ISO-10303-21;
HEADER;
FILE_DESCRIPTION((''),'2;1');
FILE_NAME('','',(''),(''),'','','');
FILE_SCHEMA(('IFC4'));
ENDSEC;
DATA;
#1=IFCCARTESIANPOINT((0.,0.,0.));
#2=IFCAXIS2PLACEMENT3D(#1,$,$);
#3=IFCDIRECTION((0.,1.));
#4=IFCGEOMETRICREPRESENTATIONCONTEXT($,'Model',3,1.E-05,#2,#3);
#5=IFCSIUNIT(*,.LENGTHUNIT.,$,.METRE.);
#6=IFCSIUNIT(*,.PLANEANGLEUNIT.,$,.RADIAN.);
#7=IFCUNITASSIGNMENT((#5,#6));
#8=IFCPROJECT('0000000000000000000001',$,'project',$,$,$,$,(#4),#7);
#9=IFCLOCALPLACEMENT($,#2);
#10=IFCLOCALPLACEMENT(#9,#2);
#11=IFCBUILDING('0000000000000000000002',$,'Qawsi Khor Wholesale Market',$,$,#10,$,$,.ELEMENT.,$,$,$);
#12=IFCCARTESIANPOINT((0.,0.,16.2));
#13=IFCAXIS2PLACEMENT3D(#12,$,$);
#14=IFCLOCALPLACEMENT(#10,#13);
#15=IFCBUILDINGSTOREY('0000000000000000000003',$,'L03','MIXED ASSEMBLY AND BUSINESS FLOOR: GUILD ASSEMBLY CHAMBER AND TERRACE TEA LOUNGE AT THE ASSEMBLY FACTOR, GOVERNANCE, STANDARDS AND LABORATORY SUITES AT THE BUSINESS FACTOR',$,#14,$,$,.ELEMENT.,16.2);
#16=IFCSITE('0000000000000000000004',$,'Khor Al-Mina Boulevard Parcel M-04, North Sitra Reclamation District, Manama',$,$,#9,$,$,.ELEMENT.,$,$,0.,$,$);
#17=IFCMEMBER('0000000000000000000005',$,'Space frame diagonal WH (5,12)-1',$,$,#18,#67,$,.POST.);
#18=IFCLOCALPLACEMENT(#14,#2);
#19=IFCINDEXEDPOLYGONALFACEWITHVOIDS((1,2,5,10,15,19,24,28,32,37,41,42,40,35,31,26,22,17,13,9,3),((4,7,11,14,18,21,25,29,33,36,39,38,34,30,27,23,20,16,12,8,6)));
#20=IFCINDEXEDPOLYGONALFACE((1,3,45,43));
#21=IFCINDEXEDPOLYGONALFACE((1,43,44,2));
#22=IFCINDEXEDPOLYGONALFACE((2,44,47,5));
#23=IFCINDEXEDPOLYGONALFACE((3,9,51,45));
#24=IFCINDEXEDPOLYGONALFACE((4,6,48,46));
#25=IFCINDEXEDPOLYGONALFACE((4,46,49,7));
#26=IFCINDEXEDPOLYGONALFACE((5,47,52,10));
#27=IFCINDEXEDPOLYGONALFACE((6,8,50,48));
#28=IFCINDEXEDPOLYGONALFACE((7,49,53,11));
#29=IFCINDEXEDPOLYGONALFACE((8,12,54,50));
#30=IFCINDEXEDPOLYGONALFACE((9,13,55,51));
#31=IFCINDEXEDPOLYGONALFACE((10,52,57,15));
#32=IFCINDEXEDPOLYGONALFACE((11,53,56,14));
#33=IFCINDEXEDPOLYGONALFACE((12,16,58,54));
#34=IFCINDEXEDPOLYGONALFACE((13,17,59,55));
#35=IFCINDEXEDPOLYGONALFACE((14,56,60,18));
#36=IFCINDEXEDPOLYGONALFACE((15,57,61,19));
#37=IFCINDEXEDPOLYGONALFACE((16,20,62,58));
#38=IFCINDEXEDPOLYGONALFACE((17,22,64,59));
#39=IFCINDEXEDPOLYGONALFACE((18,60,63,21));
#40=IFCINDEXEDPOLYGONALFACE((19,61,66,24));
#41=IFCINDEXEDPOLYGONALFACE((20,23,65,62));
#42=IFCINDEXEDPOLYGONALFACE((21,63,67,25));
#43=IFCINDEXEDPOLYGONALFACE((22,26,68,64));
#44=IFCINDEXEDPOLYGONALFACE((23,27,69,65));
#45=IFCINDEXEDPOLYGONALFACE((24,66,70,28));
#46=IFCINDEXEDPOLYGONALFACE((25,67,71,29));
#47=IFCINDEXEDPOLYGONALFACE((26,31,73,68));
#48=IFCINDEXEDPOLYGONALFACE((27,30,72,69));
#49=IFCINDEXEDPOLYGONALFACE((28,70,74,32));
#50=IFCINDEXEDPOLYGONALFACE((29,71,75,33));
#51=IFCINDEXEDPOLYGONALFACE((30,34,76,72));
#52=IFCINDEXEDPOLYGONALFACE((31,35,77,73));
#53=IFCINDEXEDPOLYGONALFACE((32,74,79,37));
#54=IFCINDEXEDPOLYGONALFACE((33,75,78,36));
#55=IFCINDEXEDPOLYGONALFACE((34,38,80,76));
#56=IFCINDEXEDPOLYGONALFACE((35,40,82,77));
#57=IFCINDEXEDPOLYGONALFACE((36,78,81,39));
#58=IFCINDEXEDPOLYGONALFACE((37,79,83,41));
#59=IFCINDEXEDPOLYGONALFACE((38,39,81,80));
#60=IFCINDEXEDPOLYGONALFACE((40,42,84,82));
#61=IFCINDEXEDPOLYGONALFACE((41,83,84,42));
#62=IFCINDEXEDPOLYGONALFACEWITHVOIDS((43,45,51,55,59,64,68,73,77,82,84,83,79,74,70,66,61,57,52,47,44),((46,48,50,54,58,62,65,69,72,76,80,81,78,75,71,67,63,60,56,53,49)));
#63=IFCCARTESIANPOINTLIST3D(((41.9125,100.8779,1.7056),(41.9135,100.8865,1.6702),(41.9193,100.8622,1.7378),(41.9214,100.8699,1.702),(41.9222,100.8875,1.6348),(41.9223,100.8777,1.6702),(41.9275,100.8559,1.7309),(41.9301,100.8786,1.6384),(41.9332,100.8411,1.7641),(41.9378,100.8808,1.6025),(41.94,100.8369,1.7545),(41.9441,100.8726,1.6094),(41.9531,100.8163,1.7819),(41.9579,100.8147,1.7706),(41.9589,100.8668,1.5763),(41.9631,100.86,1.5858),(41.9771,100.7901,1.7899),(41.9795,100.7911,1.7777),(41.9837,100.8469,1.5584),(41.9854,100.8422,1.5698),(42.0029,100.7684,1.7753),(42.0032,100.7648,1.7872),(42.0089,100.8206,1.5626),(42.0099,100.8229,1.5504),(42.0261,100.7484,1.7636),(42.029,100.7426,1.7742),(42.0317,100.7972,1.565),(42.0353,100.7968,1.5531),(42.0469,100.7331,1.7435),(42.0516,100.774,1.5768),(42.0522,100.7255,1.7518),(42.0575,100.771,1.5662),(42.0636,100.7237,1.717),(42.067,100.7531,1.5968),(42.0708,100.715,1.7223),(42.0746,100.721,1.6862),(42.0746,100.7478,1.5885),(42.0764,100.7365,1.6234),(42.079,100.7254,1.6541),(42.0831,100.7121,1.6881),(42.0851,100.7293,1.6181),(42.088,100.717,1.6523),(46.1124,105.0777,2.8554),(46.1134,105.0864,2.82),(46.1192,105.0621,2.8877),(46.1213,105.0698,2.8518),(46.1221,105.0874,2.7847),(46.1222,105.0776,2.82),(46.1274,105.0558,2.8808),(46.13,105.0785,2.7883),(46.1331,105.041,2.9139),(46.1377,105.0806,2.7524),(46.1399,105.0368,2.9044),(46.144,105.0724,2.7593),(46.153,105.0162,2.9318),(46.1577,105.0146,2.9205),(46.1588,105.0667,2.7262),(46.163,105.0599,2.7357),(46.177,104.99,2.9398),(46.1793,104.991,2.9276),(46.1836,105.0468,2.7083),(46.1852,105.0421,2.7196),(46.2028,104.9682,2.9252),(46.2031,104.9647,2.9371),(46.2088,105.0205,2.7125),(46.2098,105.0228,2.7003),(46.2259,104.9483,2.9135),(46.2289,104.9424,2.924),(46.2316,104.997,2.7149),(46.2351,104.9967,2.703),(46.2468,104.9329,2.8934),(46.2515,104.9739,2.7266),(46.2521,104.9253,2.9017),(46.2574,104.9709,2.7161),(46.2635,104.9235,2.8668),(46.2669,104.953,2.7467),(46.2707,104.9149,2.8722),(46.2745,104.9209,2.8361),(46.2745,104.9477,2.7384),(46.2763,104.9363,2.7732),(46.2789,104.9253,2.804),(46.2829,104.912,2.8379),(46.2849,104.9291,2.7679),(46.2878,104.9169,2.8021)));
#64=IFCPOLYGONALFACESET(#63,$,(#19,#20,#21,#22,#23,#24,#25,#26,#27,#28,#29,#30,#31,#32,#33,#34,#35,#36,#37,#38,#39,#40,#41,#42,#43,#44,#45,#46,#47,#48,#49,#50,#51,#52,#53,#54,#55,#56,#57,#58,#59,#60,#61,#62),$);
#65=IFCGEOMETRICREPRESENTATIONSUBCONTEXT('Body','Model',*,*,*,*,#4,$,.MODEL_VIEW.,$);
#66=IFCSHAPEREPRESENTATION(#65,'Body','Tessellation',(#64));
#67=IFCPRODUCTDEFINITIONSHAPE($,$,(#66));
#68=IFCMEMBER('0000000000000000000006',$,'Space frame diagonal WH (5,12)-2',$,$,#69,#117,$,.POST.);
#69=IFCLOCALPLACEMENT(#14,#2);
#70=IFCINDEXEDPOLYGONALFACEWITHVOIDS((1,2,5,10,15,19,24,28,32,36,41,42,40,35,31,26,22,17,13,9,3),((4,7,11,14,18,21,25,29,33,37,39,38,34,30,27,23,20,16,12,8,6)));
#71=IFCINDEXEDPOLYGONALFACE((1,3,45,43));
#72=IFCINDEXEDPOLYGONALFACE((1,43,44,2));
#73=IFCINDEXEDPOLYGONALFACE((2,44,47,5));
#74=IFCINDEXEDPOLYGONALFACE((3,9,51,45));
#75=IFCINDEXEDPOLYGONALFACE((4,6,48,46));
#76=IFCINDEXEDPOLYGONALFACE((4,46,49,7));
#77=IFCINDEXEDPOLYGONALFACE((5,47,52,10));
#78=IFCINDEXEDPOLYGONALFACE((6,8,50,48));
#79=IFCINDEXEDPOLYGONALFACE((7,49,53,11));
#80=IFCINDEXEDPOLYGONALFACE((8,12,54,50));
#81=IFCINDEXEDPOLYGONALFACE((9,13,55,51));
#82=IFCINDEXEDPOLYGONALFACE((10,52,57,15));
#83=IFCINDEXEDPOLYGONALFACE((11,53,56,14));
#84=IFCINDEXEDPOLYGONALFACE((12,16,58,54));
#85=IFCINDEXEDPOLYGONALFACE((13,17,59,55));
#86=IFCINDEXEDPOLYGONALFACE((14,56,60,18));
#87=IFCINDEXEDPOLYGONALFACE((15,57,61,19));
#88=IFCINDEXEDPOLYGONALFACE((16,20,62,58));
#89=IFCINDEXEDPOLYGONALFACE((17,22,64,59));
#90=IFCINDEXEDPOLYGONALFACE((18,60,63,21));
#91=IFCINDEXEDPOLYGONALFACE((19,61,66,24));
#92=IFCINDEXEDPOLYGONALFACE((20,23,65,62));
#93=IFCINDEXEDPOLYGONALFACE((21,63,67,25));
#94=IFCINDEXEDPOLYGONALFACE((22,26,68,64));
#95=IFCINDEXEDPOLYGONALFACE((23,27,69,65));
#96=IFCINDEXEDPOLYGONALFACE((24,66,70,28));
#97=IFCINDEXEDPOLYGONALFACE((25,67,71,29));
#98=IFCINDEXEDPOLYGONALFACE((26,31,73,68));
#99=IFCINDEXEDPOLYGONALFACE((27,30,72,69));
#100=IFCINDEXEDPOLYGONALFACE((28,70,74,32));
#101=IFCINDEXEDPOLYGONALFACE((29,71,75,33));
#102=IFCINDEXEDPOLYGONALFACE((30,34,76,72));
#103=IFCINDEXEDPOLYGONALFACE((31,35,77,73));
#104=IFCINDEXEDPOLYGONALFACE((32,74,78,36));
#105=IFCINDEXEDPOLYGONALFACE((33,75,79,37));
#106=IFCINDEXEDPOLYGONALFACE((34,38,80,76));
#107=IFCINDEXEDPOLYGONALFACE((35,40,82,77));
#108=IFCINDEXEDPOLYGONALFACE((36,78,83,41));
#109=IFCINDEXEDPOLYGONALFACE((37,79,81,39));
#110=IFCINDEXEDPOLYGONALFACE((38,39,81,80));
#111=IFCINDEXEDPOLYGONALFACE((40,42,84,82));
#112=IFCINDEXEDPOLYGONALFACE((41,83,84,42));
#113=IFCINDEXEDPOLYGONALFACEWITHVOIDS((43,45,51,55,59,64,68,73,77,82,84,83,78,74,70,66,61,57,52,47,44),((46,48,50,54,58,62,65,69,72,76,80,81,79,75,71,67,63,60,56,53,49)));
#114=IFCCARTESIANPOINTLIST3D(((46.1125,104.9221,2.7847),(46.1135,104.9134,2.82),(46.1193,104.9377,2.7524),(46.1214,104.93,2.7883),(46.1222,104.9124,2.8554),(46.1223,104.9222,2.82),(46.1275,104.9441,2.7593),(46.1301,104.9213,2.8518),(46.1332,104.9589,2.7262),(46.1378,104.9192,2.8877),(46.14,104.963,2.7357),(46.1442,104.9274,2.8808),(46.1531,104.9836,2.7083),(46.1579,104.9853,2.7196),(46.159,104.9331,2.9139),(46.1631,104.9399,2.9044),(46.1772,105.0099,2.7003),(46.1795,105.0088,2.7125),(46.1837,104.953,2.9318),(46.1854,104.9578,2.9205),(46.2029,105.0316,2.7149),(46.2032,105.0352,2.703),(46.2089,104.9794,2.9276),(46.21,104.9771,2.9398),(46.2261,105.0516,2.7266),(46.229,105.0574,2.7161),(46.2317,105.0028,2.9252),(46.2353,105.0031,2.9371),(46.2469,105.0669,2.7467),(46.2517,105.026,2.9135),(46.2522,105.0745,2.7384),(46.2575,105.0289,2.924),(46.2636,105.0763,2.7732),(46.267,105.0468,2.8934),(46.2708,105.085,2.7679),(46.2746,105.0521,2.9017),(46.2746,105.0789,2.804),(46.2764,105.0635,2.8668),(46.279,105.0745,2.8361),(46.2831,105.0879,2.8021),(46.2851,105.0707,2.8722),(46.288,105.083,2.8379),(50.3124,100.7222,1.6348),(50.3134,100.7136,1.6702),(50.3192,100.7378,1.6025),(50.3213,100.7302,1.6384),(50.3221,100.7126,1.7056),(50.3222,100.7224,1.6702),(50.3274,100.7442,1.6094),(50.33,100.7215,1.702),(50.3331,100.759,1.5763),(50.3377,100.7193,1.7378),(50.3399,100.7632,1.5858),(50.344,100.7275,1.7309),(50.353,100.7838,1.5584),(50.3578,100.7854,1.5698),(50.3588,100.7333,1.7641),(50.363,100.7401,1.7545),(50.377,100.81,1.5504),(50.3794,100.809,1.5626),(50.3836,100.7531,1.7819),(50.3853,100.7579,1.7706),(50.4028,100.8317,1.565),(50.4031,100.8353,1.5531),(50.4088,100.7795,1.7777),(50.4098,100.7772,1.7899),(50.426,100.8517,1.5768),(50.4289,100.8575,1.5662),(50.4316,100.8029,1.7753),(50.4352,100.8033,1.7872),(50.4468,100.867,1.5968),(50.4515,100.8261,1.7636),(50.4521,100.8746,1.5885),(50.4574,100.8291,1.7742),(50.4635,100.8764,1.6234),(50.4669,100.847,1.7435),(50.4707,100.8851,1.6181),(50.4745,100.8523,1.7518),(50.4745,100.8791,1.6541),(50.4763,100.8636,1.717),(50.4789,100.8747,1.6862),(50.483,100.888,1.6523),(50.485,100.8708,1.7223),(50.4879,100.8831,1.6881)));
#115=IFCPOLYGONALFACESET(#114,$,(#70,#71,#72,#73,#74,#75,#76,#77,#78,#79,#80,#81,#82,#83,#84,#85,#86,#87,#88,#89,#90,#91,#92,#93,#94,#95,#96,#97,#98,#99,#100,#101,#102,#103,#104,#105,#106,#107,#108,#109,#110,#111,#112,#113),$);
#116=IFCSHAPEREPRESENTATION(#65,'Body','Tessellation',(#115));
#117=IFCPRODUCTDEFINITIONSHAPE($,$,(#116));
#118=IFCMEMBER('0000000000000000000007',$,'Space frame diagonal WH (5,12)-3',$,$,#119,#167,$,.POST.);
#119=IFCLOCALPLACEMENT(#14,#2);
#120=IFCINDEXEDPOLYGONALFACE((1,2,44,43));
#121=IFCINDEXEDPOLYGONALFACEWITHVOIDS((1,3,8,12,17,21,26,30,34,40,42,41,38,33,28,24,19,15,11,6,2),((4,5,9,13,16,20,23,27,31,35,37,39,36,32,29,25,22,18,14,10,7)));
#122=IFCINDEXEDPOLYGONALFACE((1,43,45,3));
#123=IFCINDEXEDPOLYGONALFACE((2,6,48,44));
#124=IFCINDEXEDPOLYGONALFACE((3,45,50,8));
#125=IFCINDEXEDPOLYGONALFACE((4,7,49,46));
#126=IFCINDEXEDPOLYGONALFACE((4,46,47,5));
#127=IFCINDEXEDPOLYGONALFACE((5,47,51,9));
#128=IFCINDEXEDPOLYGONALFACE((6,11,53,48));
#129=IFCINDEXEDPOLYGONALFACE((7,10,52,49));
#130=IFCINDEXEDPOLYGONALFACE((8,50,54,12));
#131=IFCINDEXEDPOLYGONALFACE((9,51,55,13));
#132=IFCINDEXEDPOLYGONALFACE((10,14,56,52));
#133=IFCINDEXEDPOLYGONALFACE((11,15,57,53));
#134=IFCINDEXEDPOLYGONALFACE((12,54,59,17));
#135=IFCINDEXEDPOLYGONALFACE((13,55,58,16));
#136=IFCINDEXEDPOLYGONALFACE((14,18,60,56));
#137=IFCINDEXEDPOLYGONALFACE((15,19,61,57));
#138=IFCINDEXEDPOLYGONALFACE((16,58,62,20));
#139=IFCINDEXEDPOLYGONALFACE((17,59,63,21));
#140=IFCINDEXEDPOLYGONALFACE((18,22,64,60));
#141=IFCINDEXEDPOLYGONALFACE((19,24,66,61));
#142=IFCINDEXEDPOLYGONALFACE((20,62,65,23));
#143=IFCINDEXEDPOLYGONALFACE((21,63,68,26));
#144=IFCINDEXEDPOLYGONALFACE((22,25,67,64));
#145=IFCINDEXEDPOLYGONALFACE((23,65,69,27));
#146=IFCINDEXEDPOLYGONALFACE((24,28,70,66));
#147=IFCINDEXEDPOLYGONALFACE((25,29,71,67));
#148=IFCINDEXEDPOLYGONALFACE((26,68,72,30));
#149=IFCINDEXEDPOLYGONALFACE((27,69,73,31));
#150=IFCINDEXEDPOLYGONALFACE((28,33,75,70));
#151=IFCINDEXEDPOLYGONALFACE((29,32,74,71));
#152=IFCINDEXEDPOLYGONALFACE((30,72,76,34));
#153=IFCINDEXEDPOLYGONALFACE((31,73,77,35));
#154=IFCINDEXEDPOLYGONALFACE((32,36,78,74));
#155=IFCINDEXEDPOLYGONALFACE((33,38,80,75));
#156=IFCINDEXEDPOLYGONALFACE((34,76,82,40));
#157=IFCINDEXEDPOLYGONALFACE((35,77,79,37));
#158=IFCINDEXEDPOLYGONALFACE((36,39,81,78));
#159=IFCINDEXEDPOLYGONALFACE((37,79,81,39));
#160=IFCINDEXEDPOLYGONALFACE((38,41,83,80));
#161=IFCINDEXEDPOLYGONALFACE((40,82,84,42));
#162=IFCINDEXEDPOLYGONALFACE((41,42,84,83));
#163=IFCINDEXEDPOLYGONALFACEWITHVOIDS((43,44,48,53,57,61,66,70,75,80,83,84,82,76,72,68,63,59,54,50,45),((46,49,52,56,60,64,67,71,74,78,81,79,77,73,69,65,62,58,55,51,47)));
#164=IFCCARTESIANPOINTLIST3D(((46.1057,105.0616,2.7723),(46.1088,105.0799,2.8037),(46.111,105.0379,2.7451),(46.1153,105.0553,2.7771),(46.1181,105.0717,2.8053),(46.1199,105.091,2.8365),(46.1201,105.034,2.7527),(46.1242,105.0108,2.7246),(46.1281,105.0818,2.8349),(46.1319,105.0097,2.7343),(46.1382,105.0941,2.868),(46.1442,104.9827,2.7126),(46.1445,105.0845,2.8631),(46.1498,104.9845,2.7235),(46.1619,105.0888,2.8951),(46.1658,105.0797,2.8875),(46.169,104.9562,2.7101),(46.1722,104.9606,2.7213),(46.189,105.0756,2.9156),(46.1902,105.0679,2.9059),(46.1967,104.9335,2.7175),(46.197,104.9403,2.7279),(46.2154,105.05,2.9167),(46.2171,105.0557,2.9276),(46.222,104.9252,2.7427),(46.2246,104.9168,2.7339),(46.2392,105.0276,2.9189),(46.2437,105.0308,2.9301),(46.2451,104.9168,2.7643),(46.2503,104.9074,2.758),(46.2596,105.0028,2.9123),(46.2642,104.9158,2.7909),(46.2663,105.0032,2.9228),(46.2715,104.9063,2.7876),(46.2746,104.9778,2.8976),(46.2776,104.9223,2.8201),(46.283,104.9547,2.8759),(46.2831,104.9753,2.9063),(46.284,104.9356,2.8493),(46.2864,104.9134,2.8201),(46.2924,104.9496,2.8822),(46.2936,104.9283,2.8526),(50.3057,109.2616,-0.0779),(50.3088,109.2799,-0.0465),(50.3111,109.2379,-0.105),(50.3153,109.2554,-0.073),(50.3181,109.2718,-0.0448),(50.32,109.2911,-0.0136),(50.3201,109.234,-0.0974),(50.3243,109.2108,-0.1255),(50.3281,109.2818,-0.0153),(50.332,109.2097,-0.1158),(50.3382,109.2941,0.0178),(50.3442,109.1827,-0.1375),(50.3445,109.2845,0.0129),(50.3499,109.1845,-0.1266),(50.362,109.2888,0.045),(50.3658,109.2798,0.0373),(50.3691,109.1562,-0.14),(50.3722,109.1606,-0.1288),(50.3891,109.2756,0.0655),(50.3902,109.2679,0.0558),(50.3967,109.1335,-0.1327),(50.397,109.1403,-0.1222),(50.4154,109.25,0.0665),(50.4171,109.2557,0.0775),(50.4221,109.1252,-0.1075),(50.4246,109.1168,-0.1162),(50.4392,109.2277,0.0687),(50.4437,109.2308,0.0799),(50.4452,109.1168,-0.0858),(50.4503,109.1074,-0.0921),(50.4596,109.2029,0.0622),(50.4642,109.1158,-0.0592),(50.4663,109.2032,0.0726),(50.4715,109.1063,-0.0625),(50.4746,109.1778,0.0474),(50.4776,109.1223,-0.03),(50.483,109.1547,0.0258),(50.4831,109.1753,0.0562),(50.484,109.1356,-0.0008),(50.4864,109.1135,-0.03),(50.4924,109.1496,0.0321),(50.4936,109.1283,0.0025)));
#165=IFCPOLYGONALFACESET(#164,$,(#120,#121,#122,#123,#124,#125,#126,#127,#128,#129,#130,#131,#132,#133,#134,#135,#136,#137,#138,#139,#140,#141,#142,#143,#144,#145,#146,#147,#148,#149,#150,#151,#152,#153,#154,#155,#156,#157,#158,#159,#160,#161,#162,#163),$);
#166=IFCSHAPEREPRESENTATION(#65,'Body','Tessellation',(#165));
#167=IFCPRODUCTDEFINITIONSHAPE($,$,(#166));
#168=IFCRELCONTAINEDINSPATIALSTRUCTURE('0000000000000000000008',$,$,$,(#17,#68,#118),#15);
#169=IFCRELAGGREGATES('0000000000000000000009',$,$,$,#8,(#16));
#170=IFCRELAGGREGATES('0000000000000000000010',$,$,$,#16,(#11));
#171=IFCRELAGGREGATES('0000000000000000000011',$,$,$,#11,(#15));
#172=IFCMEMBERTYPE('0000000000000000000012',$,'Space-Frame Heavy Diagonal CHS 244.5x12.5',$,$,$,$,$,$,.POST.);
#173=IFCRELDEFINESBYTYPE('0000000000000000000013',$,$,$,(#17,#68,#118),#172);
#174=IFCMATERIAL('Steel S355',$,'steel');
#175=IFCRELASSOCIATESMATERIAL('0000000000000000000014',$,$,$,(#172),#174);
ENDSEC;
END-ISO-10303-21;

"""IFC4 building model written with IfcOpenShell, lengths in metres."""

from ifc_helpers import new_model, si_unit, direction, frame, origin, origin_2d, place, context, subcontext, project, spatial, hollow_circle, extrude, material, material_profile, profile_set, type_object, element, save


model = new_model("IFC4")

# Units and contexts
model_context = context("Model", 3, precision=1e-05, world=origin(), true_north=direction((0.0, 1.0)))
body_context = subcontext(model_context, "Body", "Model", "MODEL_VIEW")
ifc_project = project(units=[si_unit("LENGTHUNIT", "METRE"), si_unit("PLANEANGLEUNIT", "RADIAN")], contexts=[model_context])

# Site, building, storey
site_placement = place(None, origin())
site = spatial("IfcSite", under=ifc_project, at=site_placement, Name="Khor Al-Mina Boulevard Parcel M-04, North Sitra Reclamation District, Manama", CompositionType="ELEMENT", RefElevation=0.0)
building_placement = place(site_placement, origin())
building = spatial("IfcBuilding", under=site, at=building_placement, Name="Qawsi Khor Wholesale Market", CompositionType="ELEMENT")
storey_placement = place(building_placement, frame((0.0, 0.0, 16.2)))
storey = spatial("IfcBuildingStorey", under=building, at=storey_placement, Name="L03", Description="MIXED ASSEMBLY AND BUSINESS FLOOR: GUILD ASSEMBLY CHAMBER AND TERRACE TEA LOUNGE AT THE ASSEMBLY FACTOR, GOVERNANCE, STANDARDS AND LABORATORY SUITES AT THE BUSINESS FACTOR", CompositionType="ELEMENT", Elevation=16.2)

# Members
ifc_material_1 = material(Name="Steel S355", Category="steel")
ifc_material_profile_1 = material_profile(ifc_material_1, hollow_circle(Radius=0.1223, WallThickness=0.0125, at=origin_2d()), Name="CHS 244.5x12.5")
ifc_profile_set_1 = profile_set([ifc_material_profile_1], Name="Steel S355")
member_type_1 = type_object("IfcMemberType", Name="Space-Frame Heavy Diagonal CHS 244.5x12.5", PredefinedType="POST", material=ifc_profile_set_1)
for number, where, z_axis, x_axis, name in (
    (1, (42.0, 100.8, 1.6702), (0.694217, 0.694217, 0.190069), (-0.707107, 0.707107, 0.0), "Space frame diagonal WH (5,12)-1"),
    (2, (50.3999, 100.8, 1.6702), (-0.694217, 0.694217, 0.190069), (-0.707107, -0.707107, 0.0), "Space frame diagonal WH (5,12)-2"),
):
    element("IfcMember", number, at=place(storey_placement, frame(where, z_axis=z_axis, x_axis=x_axis)), inside=storey, type_object=member_type_1, Name=name, PredefinedType="POST", context=body_context, shape_type="SweptSolid", body=[
        extrude(hollow_circle(Radius=0.1223, WallThickness=0.0125, at=origin_2d()), origin(), (0.0, 0.0, 1.0), 6.0498),
    ])
for number, where, z_axis, x_axis, name in (
    (3, (50.3999, 109.2, -0.03), (-0.637512, -0.637512, 0.432617), (0.707107, -0.707107, 0.0), "Space frame diagonal WH (5,12)-3"),
):
    element("IfcMember", number, at=place(storey_placement, frame(where, z_axis=z_axis, x_axis=x_axis)), inside=storey, type_object=member_type_1, Name=name, PredefinedType="POST", context=body_context, shape_type="SweptSolid", body=[
        extrude(hollow_circle(Radius=0.1223, WallThickness=0.0125, at=origin_2d()), origin(), (0.0, 0.0, 1.0), 6.5881),
    ])

save(model, "model.ifc")
